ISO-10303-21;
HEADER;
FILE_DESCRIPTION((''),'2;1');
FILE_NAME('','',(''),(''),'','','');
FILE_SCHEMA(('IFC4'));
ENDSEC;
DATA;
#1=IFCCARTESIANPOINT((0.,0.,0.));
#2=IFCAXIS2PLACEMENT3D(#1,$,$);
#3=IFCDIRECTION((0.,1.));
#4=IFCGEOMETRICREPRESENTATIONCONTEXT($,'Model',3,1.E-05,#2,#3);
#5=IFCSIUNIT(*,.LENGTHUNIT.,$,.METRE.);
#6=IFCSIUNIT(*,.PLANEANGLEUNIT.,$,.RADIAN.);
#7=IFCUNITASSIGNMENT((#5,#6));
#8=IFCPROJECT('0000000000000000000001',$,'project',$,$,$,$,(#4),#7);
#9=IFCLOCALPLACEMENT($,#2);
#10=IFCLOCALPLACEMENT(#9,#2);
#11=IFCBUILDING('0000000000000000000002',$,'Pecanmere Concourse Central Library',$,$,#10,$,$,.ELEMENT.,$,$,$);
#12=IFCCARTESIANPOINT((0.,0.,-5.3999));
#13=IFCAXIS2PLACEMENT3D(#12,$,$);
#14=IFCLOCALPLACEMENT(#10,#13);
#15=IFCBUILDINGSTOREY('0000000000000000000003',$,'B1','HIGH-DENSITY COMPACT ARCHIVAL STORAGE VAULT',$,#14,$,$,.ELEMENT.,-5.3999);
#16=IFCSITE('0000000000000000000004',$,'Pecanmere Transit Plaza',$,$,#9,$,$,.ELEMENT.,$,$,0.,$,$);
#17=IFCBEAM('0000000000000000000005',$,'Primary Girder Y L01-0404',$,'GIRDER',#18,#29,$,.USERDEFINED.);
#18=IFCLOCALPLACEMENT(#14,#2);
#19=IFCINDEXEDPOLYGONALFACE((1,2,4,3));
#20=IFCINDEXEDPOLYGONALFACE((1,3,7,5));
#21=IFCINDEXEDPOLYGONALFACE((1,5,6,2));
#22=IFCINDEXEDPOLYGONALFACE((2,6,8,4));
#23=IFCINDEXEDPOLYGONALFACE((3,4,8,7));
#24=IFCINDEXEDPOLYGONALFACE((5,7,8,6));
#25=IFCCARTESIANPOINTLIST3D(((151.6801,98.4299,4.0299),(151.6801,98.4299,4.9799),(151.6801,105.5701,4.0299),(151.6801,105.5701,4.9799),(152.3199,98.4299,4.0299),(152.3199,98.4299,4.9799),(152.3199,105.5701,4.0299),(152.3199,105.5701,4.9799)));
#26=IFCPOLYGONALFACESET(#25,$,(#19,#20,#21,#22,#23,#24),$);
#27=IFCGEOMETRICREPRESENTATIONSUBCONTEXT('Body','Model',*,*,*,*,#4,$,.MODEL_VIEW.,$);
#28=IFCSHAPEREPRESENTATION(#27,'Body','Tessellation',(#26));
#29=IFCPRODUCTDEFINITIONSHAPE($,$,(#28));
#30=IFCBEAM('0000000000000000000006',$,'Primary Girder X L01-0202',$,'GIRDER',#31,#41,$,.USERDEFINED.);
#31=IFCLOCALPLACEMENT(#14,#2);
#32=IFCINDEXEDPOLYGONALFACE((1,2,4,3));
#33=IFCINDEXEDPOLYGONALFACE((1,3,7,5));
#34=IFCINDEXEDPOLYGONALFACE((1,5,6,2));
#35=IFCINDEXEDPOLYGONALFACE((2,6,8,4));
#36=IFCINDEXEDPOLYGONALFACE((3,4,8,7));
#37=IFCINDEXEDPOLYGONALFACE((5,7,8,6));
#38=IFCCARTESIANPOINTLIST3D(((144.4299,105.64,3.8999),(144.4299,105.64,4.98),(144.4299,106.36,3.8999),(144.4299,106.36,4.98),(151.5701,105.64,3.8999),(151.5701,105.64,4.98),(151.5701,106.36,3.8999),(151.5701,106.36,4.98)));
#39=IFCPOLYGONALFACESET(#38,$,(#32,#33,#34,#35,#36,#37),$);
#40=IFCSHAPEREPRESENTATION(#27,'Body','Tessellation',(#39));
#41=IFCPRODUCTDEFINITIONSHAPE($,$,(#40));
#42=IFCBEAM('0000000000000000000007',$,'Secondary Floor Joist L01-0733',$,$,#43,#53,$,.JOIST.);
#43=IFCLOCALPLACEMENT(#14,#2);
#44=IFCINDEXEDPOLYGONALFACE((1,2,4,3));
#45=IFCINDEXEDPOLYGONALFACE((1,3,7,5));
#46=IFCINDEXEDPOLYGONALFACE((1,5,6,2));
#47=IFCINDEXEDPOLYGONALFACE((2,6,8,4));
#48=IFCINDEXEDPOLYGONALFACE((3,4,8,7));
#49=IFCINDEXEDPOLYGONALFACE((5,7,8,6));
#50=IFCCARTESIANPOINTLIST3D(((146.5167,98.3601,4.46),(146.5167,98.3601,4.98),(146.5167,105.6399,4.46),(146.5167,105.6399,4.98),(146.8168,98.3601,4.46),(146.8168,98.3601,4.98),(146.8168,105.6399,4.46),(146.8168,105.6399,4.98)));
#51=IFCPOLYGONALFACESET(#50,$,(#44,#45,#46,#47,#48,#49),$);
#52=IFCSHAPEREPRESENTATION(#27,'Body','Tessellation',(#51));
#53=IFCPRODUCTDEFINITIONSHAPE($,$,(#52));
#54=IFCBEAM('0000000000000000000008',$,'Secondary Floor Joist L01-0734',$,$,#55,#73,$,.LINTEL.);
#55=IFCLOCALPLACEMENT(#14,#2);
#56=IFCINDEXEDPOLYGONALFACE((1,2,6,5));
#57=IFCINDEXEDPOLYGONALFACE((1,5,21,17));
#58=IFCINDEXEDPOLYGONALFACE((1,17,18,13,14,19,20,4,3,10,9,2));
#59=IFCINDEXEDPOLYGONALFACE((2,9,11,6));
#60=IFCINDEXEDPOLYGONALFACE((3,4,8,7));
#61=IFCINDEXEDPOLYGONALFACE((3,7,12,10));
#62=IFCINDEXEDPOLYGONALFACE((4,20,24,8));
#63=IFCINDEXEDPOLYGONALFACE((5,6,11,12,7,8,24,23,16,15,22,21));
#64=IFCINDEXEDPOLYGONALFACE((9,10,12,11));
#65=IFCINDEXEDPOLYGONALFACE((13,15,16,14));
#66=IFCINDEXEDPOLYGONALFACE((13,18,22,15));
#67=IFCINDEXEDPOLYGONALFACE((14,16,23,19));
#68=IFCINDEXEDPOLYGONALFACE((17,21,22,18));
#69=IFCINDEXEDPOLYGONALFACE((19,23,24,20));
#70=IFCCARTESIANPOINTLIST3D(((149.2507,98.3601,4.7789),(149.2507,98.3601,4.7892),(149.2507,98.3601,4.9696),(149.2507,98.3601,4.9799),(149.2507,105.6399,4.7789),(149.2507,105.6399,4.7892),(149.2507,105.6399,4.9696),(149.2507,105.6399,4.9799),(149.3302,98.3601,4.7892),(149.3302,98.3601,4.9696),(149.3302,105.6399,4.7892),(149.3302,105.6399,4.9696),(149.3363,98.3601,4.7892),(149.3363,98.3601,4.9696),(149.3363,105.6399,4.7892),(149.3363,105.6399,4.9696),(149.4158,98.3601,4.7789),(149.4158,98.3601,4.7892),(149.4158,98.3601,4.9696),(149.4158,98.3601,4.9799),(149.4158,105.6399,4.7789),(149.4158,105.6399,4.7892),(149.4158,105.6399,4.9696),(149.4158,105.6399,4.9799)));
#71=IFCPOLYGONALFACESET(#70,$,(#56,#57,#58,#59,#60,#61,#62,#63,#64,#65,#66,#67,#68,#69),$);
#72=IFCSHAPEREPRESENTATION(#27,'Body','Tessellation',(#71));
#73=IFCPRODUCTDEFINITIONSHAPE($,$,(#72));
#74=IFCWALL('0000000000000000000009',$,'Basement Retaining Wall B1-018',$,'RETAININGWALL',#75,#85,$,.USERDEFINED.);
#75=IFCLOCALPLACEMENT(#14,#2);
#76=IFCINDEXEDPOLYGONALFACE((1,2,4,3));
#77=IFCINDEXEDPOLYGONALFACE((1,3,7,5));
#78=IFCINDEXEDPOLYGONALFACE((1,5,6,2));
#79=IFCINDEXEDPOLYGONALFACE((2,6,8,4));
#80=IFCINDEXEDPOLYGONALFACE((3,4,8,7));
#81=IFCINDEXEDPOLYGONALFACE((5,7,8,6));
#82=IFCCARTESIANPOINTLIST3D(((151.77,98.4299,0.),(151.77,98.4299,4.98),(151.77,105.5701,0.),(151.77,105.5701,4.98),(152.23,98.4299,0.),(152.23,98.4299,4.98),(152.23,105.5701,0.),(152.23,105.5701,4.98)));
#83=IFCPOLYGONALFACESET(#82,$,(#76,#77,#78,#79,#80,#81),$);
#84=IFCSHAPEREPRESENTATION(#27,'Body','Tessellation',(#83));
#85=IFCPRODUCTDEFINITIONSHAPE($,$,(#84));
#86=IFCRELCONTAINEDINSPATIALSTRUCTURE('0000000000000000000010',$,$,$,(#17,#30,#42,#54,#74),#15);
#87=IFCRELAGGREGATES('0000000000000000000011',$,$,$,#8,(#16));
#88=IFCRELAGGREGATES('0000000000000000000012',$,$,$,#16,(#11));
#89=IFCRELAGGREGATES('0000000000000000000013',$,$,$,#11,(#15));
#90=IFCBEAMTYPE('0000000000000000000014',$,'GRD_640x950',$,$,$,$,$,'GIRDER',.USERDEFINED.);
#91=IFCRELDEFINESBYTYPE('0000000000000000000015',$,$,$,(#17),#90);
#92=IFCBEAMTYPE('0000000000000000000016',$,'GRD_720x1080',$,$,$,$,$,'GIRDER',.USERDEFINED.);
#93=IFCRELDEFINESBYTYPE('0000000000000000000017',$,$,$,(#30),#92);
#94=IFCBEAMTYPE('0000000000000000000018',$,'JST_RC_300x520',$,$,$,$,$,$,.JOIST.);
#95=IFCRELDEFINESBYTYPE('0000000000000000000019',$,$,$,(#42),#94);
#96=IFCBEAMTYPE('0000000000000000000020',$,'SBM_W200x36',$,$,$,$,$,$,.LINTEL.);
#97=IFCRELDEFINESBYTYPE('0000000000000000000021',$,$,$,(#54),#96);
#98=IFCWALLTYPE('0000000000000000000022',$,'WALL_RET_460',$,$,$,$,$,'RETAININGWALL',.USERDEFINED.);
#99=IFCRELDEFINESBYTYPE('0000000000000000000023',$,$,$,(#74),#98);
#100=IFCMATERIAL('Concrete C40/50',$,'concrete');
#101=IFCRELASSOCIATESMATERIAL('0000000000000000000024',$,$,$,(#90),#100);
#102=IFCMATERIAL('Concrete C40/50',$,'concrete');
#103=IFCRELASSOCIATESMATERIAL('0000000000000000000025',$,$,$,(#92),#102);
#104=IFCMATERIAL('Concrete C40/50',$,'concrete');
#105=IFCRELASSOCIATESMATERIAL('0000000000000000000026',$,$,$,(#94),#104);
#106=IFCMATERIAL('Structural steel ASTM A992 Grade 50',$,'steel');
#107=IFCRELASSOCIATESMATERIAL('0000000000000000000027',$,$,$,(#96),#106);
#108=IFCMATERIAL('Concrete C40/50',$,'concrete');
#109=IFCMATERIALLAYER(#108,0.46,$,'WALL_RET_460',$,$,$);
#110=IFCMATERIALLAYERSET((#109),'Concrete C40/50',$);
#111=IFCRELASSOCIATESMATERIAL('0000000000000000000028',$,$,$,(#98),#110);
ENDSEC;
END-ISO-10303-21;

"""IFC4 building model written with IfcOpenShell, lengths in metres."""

from ifc_helpers import new_model, si_unit, direction, frame, frame_2d, origin, origin_2d, place, context, subcontext, project, spatial, rectangle, i_section, extrude, material, layer, layer_set, material_profile, profile_set, type_object, element, save


model = new_model("IFC4")

# Units and contexts
model_context = context("Model", 3, precision=1e-05, world=origin(), true_north=direction((0.0, 1.0)))
body_context = subcontext(model_context, "Body", "Model", "MODEL_VIEW")
ifc_project = project(units=[si_unit("LENGTHUNIT", "METRE"), si_unit("PLANEANGLEUNIT", "RADIAN")], contexts=[model_context])

# Site, building, storey
site_placement = place(None, origin())
site = spatial("IfcSite", under=ifc_project, at=site_placement, Name="Pecanmere Transit Plaza", CompositionType="ELEMENT", RefElevation=0.0)
building_placement = place(site_placement, origin())
building = spatial("IfcBuilding", under=site, at=building_placement, Name="Pecanmere Concourse Central Library", CompositionType="ELEMENT")
storey_placement = place(building_placement, frame((0.0, 0.0, -5.3999)))
storey = spatial("IfcBuildingStorey", under=building, at=storey_placement, Name="B1", Description="HIGH-DENSITY COMPACT ARCHIVAL STORAGE VAULT", CompositionType="ELEMENT", Elevation=-5.3999)

# Beams
ifc_material_1 = material(Name="Concrete C40/50", Category="concrete")
ifc_material_profile_1 = material_profile(ifc_material_1, rectangle(XDim=0.6399, YDim=0.95, at=origin_2d()), Name="RC 640x950")
ifc_profile_set_1 = profile_set([ifc_material_profile_1], Name="Concrete C40/50")
beam_type_1 = type_object("IfcBeamType", Name="GRD_640x950", ElementType="GIRDER", PredefinedType="USERDEFINED", material=ifc_profile_set_1)
beam_1_placement = place(storey_placement, frame((152.0, 98.4299, 4.5049), z_axis=(0.0, 1.0, 0.0), x_axis=(-1.0, 0.0, 0.0)))
element("IfcBeam", 1, at=beam_1_placement, inside=storey, type_object=beam_type_1, Name="Primary Girder Y L01-0404", ObjectType="GIRDER", PredefinedType="USERDEFINED", context=body_context, shape_type="SweptSolid", body=[
    extrude(rectangle(XDim=0.6399, YDim=0.95, at=origin_2d()), origin(), (0.0, 0.0, 1.0), 7.1401),
])
ifc_material_2 = material(Name="Concrete C40/50", Category="concrete")
ifc_material_profile_2 = material_profile(ifc_material_2, rectangle(XDim=0.72, YDim=1.0801, at=origin_2d()), Name="RC 720x1080")
ifc_profile_set_2 = profile_set([ifc_material_profile_2], Name="Concrete C40/50")
beam_type_2 = type_object("IfcBeamType", Name="GRD_720x1080", ElementType="GIRDER", PredefinedType="USERDEFINED", material=ifc_profile_set_2)
beam_2_placement = place(storey_placement, frame((144.4299, 106.0, 4.4399), z_axis=(1.0, 0.0, 0.0), x_axis=(0.0, 1.0, 0.0)))
element("IfcBeam", 2, at=beam_2_placement, inside=storey, type_object=beam_type_2, Name="Primary Girder X L01-0202", ObjectType="GIRDER", PredefinedType="USERDEFINED", context=body_context, shape_type="SweptSolid", body=[
    extrude(rectangle(XDim=0.72, YDim=1.0801, at=origin_2d()), origin(), (0.0, 0.0, 1.0), 7.1401),
])
ifc_material_3 = material(Name="Concrete C40/50", Category="concrete")
ifc_material_profile_3 = material_profile(ifc_material_3, rectangle(XDim=0.3, YDim=0.52, at=origin_2d()), Name="RC 300x520")
ifc_profile_set_3 = profile_set([ifc_material_profile_3], Name="Concrete C40/50")
beam_type_3 = type_object("IfcBeamType", Name="JST_RC_300x520", PredefinedType="JOIST", material=ifc_profile_set_3)
beam_3_placement = place(storey_placement, frame((146.6667, 98.3601, 4.72), z_axis=(0.0, 1.0, 0.0), x_axis=(-1.0, 0.0, 0.0)))
element("IfcBeam", 3, at=beam_3_placement, inside=storey, type_object=beam_type_3, Name="Secondary Floor Joist L01-0733", PredefinedType="JOIST", context=body_context, shape_type="SweptSolid", body=[
    extrude(rectangle(XDim=0.3, YDim=0.52, at=origin_2d()), origin(), (0.0, 0.0, 1.0), 7.2798),
])
ifc_material_4 = material(Name="Structural steel ASTM A992 Grade 50", Category="steel")
ifc_material_profile_4 = material_profile(ifc_material_4, i_section(OverallWidth=0.165, OverallDepth=0.2009, WebThickness=0.0061, FlangeThickness=0.0103, at=origin_2d()), Name="W200x35.9")
ifc_profile_set_4 = profile_set([ifc_material_profile_4], Name="Structural steel ASTM A992 Grade 50")
beam_type_4 = type_object("IfcBeamType", Name="SBM_W200x36", PredefinedType="LINTEL", material=ifc_profile_set_4)
beam_4_placement = place(storey_placement, frame((149.3333, 98.3601, 4.8794), z_axis=(0.0, 1.0, 0.0), x_axis=(-1.0, 0.0, 0.0)))
element("IfcBeam", 4, at=beam_4_placement, inside=storey, type_object=beam_type_4, Name="Secondary Floor Joist L01-0734", PredefinedType="LINTEL", context=body_context, shape_type="SweptSolid", body=[
    extrude(i_section(OverallWidth=0.165, OverallDepth=0.2009, WebThickness=0.0061, FlangeThickness=0.0103, at=origin_2d()), origin(), (0.0, 0.0, 1.0), 7.2798),
])

# Wall
ifc_material_5 = material(Name="Concrete C40/50", Category="concrete")
ifc_layer = layer(ifc_material_5, 0.46, Name="WALL_RET_460")
ifc_layer_set = layer_set([ifc_layer], Name="Concrete C40/50")
wall_type = type_object("IfcWallType", Name="WALL_RET_460", ElementType="RETAININGWALL", PredefinedType="USERDEFINED", material=ifc_layer_set)
wall_placement = place(storey_placement, frame((152.0, 98.4299, 0.0), z_axis=(0.0, 0.0, 1.0), x_axis=(0.0, 1.0, 0.0)))
element("IfcWall", 5, at=wall_placement, inside=storey, type_object=wall_type, Name="Basement Retaining Wall B1-018", ObjectType="RETAININGWALL", PredefinedType="USERDEFINED", context=body_context, shape_type="SweptSolid", body=[
    extrude(rectangle(XDim=7.1401, YDim=0.46, at=frame_2d((3.5701, 0.0))), origin(), (0.0, 0.0, 1.0), 4.98),
])

save(model, "model.ifc")
